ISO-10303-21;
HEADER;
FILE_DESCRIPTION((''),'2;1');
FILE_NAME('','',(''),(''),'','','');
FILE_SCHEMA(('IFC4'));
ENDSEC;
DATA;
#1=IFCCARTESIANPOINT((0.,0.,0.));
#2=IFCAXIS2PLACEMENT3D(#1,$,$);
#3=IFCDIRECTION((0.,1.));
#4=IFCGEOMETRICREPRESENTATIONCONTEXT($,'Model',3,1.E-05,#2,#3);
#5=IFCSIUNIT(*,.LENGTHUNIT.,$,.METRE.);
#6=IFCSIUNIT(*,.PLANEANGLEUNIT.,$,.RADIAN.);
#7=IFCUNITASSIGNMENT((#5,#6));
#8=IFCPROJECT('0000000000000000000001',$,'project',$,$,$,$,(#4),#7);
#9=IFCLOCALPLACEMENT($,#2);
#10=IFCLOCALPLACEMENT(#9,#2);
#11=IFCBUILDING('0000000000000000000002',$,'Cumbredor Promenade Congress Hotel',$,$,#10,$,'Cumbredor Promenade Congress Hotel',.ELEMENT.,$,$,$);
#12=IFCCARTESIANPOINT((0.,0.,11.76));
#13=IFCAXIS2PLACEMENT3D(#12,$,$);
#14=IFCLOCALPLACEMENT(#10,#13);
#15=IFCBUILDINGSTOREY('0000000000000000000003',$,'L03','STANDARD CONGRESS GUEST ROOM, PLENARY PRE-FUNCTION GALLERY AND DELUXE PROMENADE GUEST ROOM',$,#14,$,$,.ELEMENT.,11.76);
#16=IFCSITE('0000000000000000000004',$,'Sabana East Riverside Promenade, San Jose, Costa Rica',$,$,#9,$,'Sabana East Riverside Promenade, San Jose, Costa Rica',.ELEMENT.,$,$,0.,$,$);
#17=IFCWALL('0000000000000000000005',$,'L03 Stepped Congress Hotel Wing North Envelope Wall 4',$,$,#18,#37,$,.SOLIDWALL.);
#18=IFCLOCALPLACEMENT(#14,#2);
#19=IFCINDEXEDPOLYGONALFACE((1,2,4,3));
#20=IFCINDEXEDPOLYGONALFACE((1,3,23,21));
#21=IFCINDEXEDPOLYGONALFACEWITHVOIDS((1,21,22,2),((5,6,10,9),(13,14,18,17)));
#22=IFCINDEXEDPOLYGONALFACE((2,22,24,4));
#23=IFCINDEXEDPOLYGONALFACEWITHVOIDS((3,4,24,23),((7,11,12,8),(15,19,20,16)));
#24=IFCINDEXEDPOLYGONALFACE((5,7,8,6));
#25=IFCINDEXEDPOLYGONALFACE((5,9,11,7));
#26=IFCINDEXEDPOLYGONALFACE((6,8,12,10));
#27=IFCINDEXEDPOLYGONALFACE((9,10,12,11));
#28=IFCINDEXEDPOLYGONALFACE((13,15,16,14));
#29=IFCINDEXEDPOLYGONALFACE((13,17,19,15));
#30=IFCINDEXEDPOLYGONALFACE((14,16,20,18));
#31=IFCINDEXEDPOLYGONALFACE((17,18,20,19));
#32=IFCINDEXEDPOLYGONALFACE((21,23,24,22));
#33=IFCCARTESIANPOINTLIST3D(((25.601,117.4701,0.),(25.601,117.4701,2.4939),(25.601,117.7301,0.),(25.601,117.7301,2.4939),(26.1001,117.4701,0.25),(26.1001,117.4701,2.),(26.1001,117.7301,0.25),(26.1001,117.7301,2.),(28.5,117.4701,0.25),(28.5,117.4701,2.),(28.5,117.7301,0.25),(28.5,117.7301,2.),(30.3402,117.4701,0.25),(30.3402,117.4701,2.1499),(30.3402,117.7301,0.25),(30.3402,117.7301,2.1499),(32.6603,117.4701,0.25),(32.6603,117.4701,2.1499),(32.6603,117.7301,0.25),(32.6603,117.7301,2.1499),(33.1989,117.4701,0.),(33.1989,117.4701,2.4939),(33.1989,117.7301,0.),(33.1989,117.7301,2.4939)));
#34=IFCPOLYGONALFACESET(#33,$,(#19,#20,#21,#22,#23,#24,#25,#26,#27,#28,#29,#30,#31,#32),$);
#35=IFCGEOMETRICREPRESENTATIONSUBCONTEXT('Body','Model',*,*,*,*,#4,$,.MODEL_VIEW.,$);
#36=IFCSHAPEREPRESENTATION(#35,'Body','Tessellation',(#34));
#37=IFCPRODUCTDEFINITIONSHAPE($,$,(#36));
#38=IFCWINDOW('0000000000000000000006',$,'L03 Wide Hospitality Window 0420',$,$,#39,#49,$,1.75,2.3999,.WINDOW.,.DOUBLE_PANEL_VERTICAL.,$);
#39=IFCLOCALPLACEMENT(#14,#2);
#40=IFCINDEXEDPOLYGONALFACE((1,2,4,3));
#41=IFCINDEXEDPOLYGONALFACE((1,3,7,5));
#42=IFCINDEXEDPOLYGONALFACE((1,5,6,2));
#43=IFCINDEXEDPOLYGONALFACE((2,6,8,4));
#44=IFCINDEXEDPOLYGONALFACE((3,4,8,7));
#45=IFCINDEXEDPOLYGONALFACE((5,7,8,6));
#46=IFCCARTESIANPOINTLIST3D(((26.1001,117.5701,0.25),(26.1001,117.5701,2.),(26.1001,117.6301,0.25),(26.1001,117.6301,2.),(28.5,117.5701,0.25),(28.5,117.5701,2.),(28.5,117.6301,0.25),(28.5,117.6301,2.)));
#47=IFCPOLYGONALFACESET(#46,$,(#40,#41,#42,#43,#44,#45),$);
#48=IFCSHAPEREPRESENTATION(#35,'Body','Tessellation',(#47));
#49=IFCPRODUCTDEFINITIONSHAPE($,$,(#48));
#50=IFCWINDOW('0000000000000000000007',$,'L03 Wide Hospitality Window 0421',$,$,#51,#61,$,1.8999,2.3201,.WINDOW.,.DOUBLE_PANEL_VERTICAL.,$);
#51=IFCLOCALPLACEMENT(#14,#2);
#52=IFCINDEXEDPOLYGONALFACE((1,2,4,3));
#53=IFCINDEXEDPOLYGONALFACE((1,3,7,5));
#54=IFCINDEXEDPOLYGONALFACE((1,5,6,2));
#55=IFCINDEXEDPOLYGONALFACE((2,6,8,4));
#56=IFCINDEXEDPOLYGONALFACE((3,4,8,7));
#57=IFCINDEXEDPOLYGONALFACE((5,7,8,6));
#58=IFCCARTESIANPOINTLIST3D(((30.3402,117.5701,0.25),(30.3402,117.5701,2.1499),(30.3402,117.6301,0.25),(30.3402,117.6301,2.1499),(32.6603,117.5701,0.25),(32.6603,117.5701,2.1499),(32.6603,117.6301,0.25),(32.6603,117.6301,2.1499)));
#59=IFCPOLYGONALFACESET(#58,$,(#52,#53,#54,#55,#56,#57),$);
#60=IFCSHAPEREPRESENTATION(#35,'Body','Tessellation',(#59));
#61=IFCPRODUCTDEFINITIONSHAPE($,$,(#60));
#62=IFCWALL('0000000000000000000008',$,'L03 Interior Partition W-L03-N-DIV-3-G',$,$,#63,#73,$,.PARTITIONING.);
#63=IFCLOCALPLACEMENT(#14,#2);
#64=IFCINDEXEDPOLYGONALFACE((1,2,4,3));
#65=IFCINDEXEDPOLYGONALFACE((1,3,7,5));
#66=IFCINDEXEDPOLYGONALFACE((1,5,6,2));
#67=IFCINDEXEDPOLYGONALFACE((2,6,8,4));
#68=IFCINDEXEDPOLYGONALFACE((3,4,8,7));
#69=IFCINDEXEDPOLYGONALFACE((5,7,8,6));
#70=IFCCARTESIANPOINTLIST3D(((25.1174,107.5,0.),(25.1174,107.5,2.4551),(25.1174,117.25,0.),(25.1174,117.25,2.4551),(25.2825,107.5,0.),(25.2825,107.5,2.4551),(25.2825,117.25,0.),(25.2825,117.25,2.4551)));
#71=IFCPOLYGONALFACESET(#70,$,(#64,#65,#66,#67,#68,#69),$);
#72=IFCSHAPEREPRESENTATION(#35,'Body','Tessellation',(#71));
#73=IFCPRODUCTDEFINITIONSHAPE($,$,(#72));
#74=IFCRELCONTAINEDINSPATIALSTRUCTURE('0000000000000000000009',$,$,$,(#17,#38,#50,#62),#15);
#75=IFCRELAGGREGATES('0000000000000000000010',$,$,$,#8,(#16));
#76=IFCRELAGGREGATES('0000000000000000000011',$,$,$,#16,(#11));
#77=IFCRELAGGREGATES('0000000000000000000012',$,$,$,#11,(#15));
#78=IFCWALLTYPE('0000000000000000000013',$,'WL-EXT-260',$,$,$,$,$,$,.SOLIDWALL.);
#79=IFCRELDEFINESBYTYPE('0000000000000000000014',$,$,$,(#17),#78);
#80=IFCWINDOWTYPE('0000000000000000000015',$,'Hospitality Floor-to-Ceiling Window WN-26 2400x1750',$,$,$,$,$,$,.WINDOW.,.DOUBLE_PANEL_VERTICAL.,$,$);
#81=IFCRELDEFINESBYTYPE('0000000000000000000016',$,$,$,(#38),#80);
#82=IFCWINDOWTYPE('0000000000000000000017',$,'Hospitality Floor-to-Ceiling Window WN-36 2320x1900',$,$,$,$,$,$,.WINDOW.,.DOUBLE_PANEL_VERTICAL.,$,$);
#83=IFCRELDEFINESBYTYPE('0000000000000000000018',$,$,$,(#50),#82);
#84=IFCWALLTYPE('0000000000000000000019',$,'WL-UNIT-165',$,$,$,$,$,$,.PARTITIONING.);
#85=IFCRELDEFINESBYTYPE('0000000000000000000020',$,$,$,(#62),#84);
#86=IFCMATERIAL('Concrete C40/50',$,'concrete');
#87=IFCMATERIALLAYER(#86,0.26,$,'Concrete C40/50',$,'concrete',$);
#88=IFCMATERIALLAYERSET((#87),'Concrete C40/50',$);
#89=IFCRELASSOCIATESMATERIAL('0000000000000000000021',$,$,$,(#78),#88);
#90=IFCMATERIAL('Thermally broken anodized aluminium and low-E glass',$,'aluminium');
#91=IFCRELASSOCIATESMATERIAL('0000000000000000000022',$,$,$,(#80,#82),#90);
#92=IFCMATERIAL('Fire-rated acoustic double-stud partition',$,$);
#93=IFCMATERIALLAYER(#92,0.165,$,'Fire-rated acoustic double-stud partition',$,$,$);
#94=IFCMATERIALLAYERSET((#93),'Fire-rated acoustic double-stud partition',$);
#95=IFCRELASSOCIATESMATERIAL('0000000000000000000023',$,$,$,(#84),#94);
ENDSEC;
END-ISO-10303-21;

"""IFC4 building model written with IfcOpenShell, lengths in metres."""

from ifc_helpers import new_model, si_unit, direction, frame, frame_2d, origin, place, context, subcontext, project, spatial, rectangle, extrude, material, layer, layer_set, type_object, element, fill, save


model = new_model("IFC4")

# Units and contexts
model_context = context("Model", 3, precision=1e-05, world=origin(), true_north=direction((0.0, 1.0)))
body_context = subcontext(model_context, "Body", "Model", "MODEL_VIEW")
ifc_project = project(units=[si_unit("LENGTHUNIT", "METRE"), si_unit("PLANEANGLEUNIT", "RADIAN")], contexts=[model_context])

# Site, building, storey
site_placement = place(None, origin())
site = spatial("IfcSite", under=ifc_project, at=site_placement, Name="Sabana East Riverside Promenade, San Jose, Costa Rica", LongName="Sabana East Riverside Promenade, San Jose, Costa Rica", CompositionType="ELEMENT", RefElevation=0.0)
building_placement = place(site_placement, origin())
building = spatial("IfcBuilding", under=site, at=building_placement, Name="Cumbredor Promenade Congress Hotel", LongName="Cumbredor Promenade Congress Hotel", CompositionType="ELEMENT")
storey_placement = place(building_placement, frame((0.0, 0.0, 11.76)))
storey = spatial("IfcBuildingStorey", under=building, at=storey_placement, Name="L03", Description="STANDARD CONGRESS GUEST ROOM, PLENARY PRE-FUNCTION GALLERY AND DELUXE PROMENADE GUEST ROOM", CompositionType="ELEMENT", Elevation=11.76)

# Shared definitions
ifc_material_1 = material(Name="Concrete C40/50", Category="concrete")

# Shared definitions
ifc_material_2 = material(Name="Thermally broken anodized aluminium and low-E glass", Category="aluminium")

# Wall, openings, windows
ifc_layer_1 = layer(ifc_material_1, 0.26, Name="Concrete C40/50", Category="concrete")
ifc_layer_set_1 = layer_set([ifc_layer_1], Name="Concrete C40/50")
wall_type_1 = type_object("IfcWallType", Name="WL-EXT-260", PredefinedType="SOLIDWALL", material=ifc_layer_set_1)
wall_1_placement = place(storey_placement, frame((25.6011, 117.6001, 0.0), z_axis=(0.0, 0.0, 1.0), x_axis=(1.0, 0.0, 0.0)))
wall_1 = element("IfcWall", 1, at=wall_1_placement, inside=storey, type_object=wall_type_1, Name="L03 Stepped Congress Hotel Wing North Envelope Wall 4", PredefinedType="SOLIDWALL", context=body_context, shape_type="SweptSolid", body=[
    extrude(rectangle(XDim=7.5979, YDim=0.26, at=frame_2d((3.7988, 0.0))), origin(), (0.0, 0.0, 1.0), 2.4939),
])
opening_1_placement = place(wall_1_placement, frame((0.499, 0.0, 0.25)))
opening_1 = element("IfcOpeningElement", 2, at=opening_1_placement, cuts=wall_1, PredefinedType="OPENING", context=body_context, shape_type="SweptSolid", body=[
    extrude(rectangle(XDim=2.3999, YDim=1.75, at=frame_2d((1.2, 0.875))), frame((0.0, 0.1401, 0.0), z_axis=(0.0, -1.0, 0.0), x_axis=(1.0, 0.0, 0.0)), (0.0, 0.0, 1.0), 0.28),
])
opening_2_placement = place(wall_1_placement, frame((4.739, 0.0, 0.25)))
opening_2 = element("IfcOpeningElement", 3, at=opening_2_placement, cuts=wall_1, PredefinedType="OPENING", context=body_context, shape_type="SweptSolid", body=[
    extrude(rectangle(XDim=2.3201, YDim=1.8999, at=frame_2d((1.1602, 0.95))), frame((0.0, 0.1401, 0.0), z_axis=(0.0, -1.0, 0.0), x_axis=(1.0, 0.0, 0.0)), (0.0, 0.0, 1.0), 0.28),
])
window_type_1 = type_object("IfcWindowType", Name="Hospitality Floor-to-Ceiling Window WN-26 2400x1750", PartitioningType="DOUBLE_PANEL_VERTICAL", PredefinedType="WINDOW", material=ifc_material_2)
window_1_placement = place(opening_1_placement, origin())
window_1 = element("IfcWindow", 4, at=window_1_placement, inside=storey, type_object=window_type_1, Name="L03 Wide Hospitality Window 0420", OverallHeight=1.75, OverallWidth=2.3999, PartitioningType="DOUBLE_PANEL_VERTICAL", PredefinedType="WINDOW", context=body_context, shape_type="SweptSolid", body=[
    extrude(rectangle(XDim=2.3999, YDim=1.75, at=frame_2d((1.2, 0.875))), frame((0.0, 0.03, 0.0), z_axis=(0.0, -1.0, 0.0), x_axis=(1.0, 0.0, 0.0)), (0.0, 0.0, 1.0), 0.0601),
])
fill(opening_1, window_1)
window_type_2 = type_object("IfcWindowType", Name="Hospitality Floor-to-Ceiling Window WN-36 2320x1900", PartitioningType="DOUBLE_PANEL_VERTICAL", PredefinedType="WINDOW", material=ifc_material_2)
window_2_placement = place(opening_2_placement, origin())
window_2 = element("IfcWindow", 5, at=window_2_placement, inside=storey, type_object=window_type_2, Name="L03 Wide Hospitality Window 0421", OverallHeight=1.8999, OverallWidth=2.3201, PartitioningType="DOUBLE_PANEL_VERTICAL", PredefinedType="WINDOW", context=body_context, shape_type="SweptSolid", body=[
    extrude(rectangle(XDim=2.3201, YDim=1.8999, at=frame_2d((1.1602, 0.95))), frame((0.0, 0.03, 0.0), z_axis=(0.0, -1.0, 0.0), x_axis=(1.0, 0.0, 0.0)), (0.0, 0.0, 1.0), 0.0601),
])
fill(opening_2, window_2)

# Wall
ifc_material_3 = material(Name="Fire-rated acoustic double-stud partition")
ifc_layer_2 = layer(ifc_material_3, 0.165, Name="Fire-rated acoustic double-stud partition")
ifc_layer_set_2 = layer_set([ifc_layer_2], Name="Fire-rated acoustic double-stud partition")
wall_type_2 = type_object("IfcWallType", Name="WL-UNIT-165", PredefinedType="PARTITIONING", material=ifc_layer_set_2)
wall_2_placement = place(storey_placement, frame((25.2, 107.5, 0.0), z_axis=(0.0, 0.0, 1.0), x_axis=(0.0, 1.0, 0.0)))
element("IfcWall", 6, at=wall_2_placement, inside=storey, type_object=wall_type_2, Name="L03 Interior Partition W-L03-N-DIV-3-G", PredefinedType="PARTITIONING", context=body_context, shape_type="SweptSolid", body=[
    extrude(rectangle(XDim=9.75, YDim=0.165, at=frame_2d((4.875, 0.0))), origin(), (0.0, 0.0, 1.0), 2.4551),
])

save(model, "model.ifc")
